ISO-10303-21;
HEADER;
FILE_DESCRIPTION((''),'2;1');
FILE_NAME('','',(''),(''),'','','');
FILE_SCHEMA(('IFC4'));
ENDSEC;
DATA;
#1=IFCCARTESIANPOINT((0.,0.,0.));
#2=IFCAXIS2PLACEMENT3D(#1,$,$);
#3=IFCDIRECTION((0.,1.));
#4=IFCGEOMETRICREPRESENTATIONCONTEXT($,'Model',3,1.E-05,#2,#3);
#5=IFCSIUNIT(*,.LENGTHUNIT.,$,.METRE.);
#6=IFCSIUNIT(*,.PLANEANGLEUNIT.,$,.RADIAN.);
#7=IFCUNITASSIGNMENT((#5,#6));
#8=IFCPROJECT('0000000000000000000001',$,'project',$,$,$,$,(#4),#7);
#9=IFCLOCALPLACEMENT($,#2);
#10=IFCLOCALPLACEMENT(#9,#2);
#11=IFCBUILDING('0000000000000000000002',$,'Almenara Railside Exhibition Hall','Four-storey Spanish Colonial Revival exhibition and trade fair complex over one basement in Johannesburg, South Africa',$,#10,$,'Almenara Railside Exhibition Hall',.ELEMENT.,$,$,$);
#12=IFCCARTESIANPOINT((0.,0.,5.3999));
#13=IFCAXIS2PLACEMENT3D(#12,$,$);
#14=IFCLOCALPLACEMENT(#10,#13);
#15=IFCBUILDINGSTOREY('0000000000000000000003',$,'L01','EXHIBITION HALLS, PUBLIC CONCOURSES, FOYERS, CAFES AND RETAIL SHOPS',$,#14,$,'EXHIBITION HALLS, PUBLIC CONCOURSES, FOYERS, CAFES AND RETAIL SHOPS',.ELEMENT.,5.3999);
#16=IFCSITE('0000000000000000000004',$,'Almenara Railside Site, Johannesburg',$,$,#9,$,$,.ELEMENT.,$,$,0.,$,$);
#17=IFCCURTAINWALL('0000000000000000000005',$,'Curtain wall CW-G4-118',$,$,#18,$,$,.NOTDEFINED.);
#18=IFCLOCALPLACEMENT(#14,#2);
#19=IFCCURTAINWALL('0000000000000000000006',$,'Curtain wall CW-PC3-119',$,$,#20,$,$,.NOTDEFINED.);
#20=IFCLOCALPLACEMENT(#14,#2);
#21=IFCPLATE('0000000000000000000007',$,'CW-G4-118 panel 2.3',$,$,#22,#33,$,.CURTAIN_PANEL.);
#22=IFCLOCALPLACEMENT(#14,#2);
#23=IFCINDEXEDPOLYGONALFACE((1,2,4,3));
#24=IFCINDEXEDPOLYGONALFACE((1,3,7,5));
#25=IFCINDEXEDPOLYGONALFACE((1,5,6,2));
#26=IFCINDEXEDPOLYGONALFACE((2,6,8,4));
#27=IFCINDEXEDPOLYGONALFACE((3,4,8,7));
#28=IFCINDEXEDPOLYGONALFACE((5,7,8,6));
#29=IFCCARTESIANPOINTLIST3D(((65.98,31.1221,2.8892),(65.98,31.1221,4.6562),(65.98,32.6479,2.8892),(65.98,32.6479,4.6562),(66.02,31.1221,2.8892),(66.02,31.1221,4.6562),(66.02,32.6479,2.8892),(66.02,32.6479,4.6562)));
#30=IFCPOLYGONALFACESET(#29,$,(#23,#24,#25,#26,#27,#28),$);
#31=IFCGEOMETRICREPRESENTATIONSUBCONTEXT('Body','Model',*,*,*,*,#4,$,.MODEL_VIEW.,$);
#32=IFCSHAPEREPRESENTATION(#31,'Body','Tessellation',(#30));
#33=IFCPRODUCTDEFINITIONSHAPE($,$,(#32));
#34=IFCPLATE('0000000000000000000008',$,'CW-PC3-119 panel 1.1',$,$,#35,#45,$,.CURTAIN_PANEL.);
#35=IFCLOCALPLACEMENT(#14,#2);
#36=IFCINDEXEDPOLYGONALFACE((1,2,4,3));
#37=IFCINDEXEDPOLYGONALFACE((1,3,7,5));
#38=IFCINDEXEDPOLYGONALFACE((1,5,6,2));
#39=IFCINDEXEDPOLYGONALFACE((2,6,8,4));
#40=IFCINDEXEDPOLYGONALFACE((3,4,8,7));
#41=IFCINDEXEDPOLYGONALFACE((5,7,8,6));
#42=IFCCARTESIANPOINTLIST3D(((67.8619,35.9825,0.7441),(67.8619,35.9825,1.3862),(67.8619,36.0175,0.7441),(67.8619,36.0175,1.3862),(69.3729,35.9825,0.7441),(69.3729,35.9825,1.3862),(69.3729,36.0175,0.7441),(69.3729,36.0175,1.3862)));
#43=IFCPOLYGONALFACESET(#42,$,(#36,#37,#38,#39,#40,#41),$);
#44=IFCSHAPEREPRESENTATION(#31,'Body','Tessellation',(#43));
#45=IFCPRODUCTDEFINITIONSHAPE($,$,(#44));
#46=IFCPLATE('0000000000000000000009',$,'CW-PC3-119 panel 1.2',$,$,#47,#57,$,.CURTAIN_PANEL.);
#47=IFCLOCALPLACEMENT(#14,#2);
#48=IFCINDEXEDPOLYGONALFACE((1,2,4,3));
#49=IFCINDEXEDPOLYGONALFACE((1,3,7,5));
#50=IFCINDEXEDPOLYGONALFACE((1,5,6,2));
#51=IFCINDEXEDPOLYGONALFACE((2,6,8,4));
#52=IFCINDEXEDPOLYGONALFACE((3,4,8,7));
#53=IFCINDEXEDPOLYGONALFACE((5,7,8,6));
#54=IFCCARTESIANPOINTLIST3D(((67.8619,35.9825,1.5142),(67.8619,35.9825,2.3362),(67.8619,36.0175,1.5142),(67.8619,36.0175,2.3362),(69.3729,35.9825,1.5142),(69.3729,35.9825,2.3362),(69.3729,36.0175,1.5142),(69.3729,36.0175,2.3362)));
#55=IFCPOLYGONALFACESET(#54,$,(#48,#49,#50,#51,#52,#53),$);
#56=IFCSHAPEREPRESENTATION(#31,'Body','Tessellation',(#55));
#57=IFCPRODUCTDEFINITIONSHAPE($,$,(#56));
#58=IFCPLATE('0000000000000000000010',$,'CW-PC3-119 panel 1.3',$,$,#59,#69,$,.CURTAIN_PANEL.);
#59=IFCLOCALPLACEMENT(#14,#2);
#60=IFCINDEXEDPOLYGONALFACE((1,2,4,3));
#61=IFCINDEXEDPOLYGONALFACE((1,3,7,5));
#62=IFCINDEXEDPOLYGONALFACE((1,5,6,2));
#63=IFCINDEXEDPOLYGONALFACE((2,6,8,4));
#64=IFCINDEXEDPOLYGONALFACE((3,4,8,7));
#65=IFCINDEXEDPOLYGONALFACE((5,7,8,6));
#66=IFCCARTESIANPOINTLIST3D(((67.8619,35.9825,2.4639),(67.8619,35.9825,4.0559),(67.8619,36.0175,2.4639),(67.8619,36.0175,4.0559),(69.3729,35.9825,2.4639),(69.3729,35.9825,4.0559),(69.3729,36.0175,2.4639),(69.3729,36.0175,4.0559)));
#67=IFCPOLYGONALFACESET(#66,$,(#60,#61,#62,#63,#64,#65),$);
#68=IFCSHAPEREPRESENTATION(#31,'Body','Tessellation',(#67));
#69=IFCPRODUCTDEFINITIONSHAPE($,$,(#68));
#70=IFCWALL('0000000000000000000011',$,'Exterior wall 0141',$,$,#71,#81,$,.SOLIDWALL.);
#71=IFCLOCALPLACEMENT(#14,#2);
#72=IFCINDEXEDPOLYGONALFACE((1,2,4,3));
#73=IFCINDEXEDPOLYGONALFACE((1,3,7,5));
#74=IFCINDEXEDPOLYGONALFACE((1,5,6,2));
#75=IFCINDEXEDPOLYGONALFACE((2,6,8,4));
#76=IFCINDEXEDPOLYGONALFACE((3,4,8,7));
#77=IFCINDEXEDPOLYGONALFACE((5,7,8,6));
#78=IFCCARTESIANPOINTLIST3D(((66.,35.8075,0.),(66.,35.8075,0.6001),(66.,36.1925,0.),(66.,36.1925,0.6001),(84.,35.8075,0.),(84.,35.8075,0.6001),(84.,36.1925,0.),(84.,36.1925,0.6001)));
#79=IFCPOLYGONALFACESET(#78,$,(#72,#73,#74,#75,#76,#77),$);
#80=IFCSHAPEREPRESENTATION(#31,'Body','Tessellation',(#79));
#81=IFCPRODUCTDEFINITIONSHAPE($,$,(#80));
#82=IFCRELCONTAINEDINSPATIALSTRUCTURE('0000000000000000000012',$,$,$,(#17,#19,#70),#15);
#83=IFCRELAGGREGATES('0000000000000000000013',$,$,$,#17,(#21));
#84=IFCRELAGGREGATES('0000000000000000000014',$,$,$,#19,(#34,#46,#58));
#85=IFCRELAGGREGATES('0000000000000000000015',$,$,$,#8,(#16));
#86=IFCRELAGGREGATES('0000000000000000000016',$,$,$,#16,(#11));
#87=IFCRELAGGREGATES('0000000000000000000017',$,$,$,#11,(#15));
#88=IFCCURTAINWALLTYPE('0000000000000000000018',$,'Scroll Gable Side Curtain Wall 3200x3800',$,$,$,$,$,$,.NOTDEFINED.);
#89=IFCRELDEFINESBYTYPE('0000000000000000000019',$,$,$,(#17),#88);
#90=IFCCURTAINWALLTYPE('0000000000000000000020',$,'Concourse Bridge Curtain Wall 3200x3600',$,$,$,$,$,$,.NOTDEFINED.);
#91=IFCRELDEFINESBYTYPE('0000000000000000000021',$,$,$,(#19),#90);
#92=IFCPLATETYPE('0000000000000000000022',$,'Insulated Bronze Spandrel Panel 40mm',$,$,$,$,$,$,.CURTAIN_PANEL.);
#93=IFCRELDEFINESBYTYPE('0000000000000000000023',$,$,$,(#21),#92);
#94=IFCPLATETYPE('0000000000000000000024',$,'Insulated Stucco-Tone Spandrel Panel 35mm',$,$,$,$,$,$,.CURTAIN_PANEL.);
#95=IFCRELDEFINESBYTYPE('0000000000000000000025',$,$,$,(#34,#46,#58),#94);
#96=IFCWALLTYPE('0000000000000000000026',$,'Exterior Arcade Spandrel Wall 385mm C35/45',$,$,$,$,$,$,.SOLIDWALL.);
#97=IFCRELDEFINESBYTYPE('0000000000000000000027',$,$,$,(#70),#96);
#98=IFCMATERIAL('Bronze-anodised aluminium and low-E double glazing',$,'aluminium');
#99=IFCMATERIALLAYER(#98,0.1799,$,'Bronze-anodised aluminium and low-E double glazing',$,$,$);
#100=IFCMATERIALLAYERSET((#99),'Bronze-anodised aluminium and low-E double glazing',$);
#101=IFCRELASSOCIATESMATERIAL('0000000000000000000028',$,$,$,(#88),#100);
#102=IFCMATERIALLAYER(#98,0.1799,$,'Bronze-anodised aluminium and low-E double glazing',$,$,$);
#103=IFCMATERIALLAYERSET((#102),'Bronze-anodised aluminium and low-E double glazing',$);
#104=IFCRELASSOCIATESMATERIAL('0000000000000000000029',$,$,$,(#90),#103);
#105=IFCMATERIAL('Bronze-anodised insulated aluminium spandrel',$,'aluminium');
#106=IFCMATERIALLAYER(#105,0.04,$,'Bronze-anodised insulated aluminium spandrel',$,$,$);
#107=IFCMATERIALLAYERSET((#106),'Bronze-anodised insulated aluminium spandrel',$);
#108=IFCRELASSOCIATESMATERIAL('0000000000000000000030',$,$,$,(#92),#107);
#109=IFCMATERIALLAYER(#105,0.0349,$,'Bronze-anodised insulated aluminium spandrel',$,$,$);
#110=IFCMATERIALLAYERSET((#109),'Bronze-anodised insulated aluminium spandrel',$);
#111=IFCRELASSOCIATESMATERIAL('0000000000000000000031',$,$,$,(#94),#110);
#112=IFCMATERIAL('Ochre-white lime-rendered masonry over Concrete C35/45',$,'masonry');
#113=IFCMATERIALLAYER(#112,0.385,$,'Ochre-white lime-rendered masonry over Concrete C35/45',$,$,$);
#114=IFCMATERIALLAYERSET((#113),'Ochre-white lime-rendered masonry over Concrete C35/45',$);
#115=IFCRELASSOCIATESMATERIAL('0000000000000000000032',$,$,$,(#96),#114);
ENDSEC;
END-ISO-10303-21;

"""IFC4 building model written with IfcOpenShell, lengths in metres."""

from ifc_helpers import new_model, si_unit, direction, frame, frame_2d, origin, origin_2d, place, context, subcontext, project, spatial, rectangle, extrude, material, layer, layer_set, type_object, element, aggregate, save


model = new_model("IFC4")

# Units and contexts
model_context = context("Model", 3, precision=1e-05, world=origin(), true_north=direction((0.0, 1.0)))
body_context = subcontext(model_context, "Body", "Model", "MODEL_VIEW")
ifc_project = project(units=[si_unit("LENGTHUNIT", "METRE"), si_unit("PLANEANGLEUNIT", "RADIAN")], contexts=[model_context])

# Site, building, storey
site_placement = place(None, origin())
site = spatial("IfcSite", under=ifc_project, at=site_placement, Name="Almenara Railside Site, Johannesburg", CompositionType="ELEMENT", RefElevation=0.0)
building_placement = place(site_placement, origin())
building = spatial("IfcBuilding", under=site, at=building_placement, Name="Almenara Railside Exhibition Hall", Description="Four-storey Spanish Colonial Revival exhibition and trade fair complex over one basement in Johannesburg, South Africa", LongName="Almenara Railside Exhibition Hall", CompositionType="ELEMENT")
storey_placement = place(building_placement, frame((0.0, 0.0, 5.3999)))
storey = spatial("IfcBuildingStorey", under=building, at=storey_placement, Name="L01", Description="EXHIBITION HALLS, PUBLIC CONCOURSES, FOYERS, CAFES AND RETAIL SHOPS", LongName="EXHIBITION HALLS, PUBLIC CONCOURSES, FOYERS, CAFES AND RETAIL SHOPS", CompositionType="ELEMENT", Elevation=5.3999)

# Curtain wall
ifc_material_1 = material(Name="Bronze-anodised aluminium and low-E double glazing", Category="aluminium")
ifc_layer_1 = layer(ifc_material_1, 0.1799, Name="Bronze-anodised aluminium and low-E double glazing")
ifc_layer_set_1 = layer_set([ifc_layer_1], Name="Bronze-anodised aluminium and low-E double glazing")
curtain_wall_type_1 = type_object("IfcCurtainWallType", Name="Scroll Gable Side Curtain Wall 3200x3800", PredefinedType="NOTDEFINED", material=ifc_layer_set_1)
curtain_wall_1_placement = place(storey_placement, origin())
curtain_wall_1 = element("IfcCurtainWall", 1, at=curtain_wall_1_placement, inside=storey, type_object=curtain_wall_type_1, Name="Curtain wall CW-G4-118", PredefinedType="NOTDEFINED")

# Curtain wall
ifc_layer_2 = layer(ifc_material_1, 0.1799, Name="Bronze-anodised aluminium and low-E double glazing")
ifc_layer_set_2 = layer_set([ifc_layer_2], Name="Bronze-anodised aluminium and low-E double glazing")
curtain_wall_type_2 = type_object("IfcCurtainWallType", Name="Concourse Bridge Curtain Wall 3200x3600", PredefinedType="NOTDEFINED", material=ifc_layer_set_2)
curtain_wall_2_placement = place(storey_placement, origin())
curtain_wall_2 = element("IfcCurtainWall", 2, at=curtain_wall_2_placement, inside=storey, type_object=curtain_wall_type_2, Name="Curtain wall CW-PC3-119", PredefinedType="NOTDEFINED")

# Plates
ifc_material_2 = material(Name="Bronze-anodised insulated aluminium spandrel", Category="aluminium")
ifc_layer_3 = layer(ifc_material_2, 0.04, Name="Bronze-anodised insulated aluminium spandrel")
ifc_layer_set_3 = layer_set([ifc_layer_3], Name="Bronze-anodised insulated aluminium spandrel")
plate_type_1 = type_object("IfcPlateType", Name="Insulated Bronze Spandrel Panel 40mm", PredefinedType="CURTAIN_PANEL", material=ifc_layer_set_3)
plate_1_placement = place(storey_placement, frame((66.0, 31.885, 2.8892), z_axis=(0.0, 0.0, 1.0), x_axis=(0.0, 1.0, 0.0)))
plate_1 = element("IfcPlate", 3, at=plate_1_placement, type_object=plate_type_1, Name="CW-G4-118 panel 2.3", PredefinedType="CURTAIN_PANEL", context=body_context, shape_type="SweptSolid", body=[
    extrude(rectangle(XDim=1.5259, YDim=0.04, at=origin_2d()), origin(), (0.0, 0.0, 1.0), 1.7671),
])
aggregate(curtain_wall_1, [plate_1])
ifc_layer_4 = layer(ifc_material_2, 0.0349, Name="Bronze-anodised insulated aluminium spandrel")
ifc_layer_set_4 = layer_set([ifc_layer_4], Name="Bronze-anodised insulated aluminium spandrel")
plate_type_2 = type_object("IfcPlateType", Name="Insulated Stucco-Tone Spandrel Panel 35mm", PredefinedType="CURTAIN_PANEL", material=ifc_layer_set_4)
plate_2_placement = place(storey_placement, frame((68.6174, 36.0, 0.7441), z_axis=(0.0, 0.0, 1.0), x_axis=(1.0, 0.0, 0.0)))
plate_2 = element("IfcPlate", 4, at=plate_2_placement, type_object=plate_type_2, Name="CW-PC3-119 panel 1.1", PredefinedType="CURTAIN_PANEL", context=body_context, shape_type="SweptSolid", body=[
    extrude(rectangle(XDim=1.511, YDim=0.0349, at=origin_2d()), origin(), (0.0, 0.0, 1.0), 0.6421),
])
plate_3_placement = place(storey_placement, frame((68.6174, 36.0, 1.5142), z_axis=(0.0, 0.0, 1.0), x_axis=(1.0, 0.0, 0.0)))
plate_3 = element("IfcPlate", 5, at=plate_3_placement, type_object=plate_type_2, Name="CW-PC3-119 panel 1.2", PredefinedType="CURTAIN_PANEL", context=body_context, shape_type="SweptSolid", body=[
    extrude(rectangle(XDim=1.511, YDim=0.0349, at=origin_2d()), origin(), (0.0, 0.0, 1.0), 0.822),
])
plate_4_placement = place(storey_placement, frame((68.6174, 36.0, 2.4639), z_axis=(0.0, 0.0, 1.0), x_axis=(1.0, 0.0, 0.0)))
plate_4 = element("IfcPlate", 6, at=plate_4_placement, type_object=plate_type_2, Name="CW-PC3-119 panel 1.3", PredefinedType="CURTAIN_PANEL", context=body_context, shape_type="SweptSolid", body=[
    extrude(rectangle(XDim=1.511, YDim=0.0349, at=origin_2d()), origin(), (0.0, 0.0, 1.0), 1.592),
])
aggregate(curtain_wall_2, [plate_2, plate_3, plate_4])

# Wall
ifc_material_3 = material(Name="Ochre-white lime-rendered masonry over Concrete C35/45", Category="masonry")
ifc_layer_5 = layer(ifc_material_3, 0.385, Name="Ochre-white lime-rendered masonry over Concrete C35/45")
ifc_layer_set_5 = layer_set([ifc_layer_5], Name="Ochre-white lime-rendered masonry over Concrete C35/45")
wall_type = type_object("IfcWallType", Name="Exterior Arcade Spandrel Wall 385mm C35/45", PredefinedType="SOLIDWALL", material=ifc_layer_set_5)
wall_placement = place(storey_placement, frame((66.0, 36.0, 0.0), z_axis=(0.0, 0.0, 1.0), x_axis=(1.0, 0.0, 0.0)))
element("IfcWall", 7, at=wall_placement, inside=storey, type_object=wall_type, Name="Exterior wall 0141", PredefinedType="SOLIDWALL", context=body_context, shape_type="SweptSolid", body=[
    extrude(rectangle(XDim=18.0, YDim=0.385, at=frame_2d((9.0, 0.0))), origin(), (0.0, 0.0, 1.0), 0.6001),
])

save(model, "model.ifc")
